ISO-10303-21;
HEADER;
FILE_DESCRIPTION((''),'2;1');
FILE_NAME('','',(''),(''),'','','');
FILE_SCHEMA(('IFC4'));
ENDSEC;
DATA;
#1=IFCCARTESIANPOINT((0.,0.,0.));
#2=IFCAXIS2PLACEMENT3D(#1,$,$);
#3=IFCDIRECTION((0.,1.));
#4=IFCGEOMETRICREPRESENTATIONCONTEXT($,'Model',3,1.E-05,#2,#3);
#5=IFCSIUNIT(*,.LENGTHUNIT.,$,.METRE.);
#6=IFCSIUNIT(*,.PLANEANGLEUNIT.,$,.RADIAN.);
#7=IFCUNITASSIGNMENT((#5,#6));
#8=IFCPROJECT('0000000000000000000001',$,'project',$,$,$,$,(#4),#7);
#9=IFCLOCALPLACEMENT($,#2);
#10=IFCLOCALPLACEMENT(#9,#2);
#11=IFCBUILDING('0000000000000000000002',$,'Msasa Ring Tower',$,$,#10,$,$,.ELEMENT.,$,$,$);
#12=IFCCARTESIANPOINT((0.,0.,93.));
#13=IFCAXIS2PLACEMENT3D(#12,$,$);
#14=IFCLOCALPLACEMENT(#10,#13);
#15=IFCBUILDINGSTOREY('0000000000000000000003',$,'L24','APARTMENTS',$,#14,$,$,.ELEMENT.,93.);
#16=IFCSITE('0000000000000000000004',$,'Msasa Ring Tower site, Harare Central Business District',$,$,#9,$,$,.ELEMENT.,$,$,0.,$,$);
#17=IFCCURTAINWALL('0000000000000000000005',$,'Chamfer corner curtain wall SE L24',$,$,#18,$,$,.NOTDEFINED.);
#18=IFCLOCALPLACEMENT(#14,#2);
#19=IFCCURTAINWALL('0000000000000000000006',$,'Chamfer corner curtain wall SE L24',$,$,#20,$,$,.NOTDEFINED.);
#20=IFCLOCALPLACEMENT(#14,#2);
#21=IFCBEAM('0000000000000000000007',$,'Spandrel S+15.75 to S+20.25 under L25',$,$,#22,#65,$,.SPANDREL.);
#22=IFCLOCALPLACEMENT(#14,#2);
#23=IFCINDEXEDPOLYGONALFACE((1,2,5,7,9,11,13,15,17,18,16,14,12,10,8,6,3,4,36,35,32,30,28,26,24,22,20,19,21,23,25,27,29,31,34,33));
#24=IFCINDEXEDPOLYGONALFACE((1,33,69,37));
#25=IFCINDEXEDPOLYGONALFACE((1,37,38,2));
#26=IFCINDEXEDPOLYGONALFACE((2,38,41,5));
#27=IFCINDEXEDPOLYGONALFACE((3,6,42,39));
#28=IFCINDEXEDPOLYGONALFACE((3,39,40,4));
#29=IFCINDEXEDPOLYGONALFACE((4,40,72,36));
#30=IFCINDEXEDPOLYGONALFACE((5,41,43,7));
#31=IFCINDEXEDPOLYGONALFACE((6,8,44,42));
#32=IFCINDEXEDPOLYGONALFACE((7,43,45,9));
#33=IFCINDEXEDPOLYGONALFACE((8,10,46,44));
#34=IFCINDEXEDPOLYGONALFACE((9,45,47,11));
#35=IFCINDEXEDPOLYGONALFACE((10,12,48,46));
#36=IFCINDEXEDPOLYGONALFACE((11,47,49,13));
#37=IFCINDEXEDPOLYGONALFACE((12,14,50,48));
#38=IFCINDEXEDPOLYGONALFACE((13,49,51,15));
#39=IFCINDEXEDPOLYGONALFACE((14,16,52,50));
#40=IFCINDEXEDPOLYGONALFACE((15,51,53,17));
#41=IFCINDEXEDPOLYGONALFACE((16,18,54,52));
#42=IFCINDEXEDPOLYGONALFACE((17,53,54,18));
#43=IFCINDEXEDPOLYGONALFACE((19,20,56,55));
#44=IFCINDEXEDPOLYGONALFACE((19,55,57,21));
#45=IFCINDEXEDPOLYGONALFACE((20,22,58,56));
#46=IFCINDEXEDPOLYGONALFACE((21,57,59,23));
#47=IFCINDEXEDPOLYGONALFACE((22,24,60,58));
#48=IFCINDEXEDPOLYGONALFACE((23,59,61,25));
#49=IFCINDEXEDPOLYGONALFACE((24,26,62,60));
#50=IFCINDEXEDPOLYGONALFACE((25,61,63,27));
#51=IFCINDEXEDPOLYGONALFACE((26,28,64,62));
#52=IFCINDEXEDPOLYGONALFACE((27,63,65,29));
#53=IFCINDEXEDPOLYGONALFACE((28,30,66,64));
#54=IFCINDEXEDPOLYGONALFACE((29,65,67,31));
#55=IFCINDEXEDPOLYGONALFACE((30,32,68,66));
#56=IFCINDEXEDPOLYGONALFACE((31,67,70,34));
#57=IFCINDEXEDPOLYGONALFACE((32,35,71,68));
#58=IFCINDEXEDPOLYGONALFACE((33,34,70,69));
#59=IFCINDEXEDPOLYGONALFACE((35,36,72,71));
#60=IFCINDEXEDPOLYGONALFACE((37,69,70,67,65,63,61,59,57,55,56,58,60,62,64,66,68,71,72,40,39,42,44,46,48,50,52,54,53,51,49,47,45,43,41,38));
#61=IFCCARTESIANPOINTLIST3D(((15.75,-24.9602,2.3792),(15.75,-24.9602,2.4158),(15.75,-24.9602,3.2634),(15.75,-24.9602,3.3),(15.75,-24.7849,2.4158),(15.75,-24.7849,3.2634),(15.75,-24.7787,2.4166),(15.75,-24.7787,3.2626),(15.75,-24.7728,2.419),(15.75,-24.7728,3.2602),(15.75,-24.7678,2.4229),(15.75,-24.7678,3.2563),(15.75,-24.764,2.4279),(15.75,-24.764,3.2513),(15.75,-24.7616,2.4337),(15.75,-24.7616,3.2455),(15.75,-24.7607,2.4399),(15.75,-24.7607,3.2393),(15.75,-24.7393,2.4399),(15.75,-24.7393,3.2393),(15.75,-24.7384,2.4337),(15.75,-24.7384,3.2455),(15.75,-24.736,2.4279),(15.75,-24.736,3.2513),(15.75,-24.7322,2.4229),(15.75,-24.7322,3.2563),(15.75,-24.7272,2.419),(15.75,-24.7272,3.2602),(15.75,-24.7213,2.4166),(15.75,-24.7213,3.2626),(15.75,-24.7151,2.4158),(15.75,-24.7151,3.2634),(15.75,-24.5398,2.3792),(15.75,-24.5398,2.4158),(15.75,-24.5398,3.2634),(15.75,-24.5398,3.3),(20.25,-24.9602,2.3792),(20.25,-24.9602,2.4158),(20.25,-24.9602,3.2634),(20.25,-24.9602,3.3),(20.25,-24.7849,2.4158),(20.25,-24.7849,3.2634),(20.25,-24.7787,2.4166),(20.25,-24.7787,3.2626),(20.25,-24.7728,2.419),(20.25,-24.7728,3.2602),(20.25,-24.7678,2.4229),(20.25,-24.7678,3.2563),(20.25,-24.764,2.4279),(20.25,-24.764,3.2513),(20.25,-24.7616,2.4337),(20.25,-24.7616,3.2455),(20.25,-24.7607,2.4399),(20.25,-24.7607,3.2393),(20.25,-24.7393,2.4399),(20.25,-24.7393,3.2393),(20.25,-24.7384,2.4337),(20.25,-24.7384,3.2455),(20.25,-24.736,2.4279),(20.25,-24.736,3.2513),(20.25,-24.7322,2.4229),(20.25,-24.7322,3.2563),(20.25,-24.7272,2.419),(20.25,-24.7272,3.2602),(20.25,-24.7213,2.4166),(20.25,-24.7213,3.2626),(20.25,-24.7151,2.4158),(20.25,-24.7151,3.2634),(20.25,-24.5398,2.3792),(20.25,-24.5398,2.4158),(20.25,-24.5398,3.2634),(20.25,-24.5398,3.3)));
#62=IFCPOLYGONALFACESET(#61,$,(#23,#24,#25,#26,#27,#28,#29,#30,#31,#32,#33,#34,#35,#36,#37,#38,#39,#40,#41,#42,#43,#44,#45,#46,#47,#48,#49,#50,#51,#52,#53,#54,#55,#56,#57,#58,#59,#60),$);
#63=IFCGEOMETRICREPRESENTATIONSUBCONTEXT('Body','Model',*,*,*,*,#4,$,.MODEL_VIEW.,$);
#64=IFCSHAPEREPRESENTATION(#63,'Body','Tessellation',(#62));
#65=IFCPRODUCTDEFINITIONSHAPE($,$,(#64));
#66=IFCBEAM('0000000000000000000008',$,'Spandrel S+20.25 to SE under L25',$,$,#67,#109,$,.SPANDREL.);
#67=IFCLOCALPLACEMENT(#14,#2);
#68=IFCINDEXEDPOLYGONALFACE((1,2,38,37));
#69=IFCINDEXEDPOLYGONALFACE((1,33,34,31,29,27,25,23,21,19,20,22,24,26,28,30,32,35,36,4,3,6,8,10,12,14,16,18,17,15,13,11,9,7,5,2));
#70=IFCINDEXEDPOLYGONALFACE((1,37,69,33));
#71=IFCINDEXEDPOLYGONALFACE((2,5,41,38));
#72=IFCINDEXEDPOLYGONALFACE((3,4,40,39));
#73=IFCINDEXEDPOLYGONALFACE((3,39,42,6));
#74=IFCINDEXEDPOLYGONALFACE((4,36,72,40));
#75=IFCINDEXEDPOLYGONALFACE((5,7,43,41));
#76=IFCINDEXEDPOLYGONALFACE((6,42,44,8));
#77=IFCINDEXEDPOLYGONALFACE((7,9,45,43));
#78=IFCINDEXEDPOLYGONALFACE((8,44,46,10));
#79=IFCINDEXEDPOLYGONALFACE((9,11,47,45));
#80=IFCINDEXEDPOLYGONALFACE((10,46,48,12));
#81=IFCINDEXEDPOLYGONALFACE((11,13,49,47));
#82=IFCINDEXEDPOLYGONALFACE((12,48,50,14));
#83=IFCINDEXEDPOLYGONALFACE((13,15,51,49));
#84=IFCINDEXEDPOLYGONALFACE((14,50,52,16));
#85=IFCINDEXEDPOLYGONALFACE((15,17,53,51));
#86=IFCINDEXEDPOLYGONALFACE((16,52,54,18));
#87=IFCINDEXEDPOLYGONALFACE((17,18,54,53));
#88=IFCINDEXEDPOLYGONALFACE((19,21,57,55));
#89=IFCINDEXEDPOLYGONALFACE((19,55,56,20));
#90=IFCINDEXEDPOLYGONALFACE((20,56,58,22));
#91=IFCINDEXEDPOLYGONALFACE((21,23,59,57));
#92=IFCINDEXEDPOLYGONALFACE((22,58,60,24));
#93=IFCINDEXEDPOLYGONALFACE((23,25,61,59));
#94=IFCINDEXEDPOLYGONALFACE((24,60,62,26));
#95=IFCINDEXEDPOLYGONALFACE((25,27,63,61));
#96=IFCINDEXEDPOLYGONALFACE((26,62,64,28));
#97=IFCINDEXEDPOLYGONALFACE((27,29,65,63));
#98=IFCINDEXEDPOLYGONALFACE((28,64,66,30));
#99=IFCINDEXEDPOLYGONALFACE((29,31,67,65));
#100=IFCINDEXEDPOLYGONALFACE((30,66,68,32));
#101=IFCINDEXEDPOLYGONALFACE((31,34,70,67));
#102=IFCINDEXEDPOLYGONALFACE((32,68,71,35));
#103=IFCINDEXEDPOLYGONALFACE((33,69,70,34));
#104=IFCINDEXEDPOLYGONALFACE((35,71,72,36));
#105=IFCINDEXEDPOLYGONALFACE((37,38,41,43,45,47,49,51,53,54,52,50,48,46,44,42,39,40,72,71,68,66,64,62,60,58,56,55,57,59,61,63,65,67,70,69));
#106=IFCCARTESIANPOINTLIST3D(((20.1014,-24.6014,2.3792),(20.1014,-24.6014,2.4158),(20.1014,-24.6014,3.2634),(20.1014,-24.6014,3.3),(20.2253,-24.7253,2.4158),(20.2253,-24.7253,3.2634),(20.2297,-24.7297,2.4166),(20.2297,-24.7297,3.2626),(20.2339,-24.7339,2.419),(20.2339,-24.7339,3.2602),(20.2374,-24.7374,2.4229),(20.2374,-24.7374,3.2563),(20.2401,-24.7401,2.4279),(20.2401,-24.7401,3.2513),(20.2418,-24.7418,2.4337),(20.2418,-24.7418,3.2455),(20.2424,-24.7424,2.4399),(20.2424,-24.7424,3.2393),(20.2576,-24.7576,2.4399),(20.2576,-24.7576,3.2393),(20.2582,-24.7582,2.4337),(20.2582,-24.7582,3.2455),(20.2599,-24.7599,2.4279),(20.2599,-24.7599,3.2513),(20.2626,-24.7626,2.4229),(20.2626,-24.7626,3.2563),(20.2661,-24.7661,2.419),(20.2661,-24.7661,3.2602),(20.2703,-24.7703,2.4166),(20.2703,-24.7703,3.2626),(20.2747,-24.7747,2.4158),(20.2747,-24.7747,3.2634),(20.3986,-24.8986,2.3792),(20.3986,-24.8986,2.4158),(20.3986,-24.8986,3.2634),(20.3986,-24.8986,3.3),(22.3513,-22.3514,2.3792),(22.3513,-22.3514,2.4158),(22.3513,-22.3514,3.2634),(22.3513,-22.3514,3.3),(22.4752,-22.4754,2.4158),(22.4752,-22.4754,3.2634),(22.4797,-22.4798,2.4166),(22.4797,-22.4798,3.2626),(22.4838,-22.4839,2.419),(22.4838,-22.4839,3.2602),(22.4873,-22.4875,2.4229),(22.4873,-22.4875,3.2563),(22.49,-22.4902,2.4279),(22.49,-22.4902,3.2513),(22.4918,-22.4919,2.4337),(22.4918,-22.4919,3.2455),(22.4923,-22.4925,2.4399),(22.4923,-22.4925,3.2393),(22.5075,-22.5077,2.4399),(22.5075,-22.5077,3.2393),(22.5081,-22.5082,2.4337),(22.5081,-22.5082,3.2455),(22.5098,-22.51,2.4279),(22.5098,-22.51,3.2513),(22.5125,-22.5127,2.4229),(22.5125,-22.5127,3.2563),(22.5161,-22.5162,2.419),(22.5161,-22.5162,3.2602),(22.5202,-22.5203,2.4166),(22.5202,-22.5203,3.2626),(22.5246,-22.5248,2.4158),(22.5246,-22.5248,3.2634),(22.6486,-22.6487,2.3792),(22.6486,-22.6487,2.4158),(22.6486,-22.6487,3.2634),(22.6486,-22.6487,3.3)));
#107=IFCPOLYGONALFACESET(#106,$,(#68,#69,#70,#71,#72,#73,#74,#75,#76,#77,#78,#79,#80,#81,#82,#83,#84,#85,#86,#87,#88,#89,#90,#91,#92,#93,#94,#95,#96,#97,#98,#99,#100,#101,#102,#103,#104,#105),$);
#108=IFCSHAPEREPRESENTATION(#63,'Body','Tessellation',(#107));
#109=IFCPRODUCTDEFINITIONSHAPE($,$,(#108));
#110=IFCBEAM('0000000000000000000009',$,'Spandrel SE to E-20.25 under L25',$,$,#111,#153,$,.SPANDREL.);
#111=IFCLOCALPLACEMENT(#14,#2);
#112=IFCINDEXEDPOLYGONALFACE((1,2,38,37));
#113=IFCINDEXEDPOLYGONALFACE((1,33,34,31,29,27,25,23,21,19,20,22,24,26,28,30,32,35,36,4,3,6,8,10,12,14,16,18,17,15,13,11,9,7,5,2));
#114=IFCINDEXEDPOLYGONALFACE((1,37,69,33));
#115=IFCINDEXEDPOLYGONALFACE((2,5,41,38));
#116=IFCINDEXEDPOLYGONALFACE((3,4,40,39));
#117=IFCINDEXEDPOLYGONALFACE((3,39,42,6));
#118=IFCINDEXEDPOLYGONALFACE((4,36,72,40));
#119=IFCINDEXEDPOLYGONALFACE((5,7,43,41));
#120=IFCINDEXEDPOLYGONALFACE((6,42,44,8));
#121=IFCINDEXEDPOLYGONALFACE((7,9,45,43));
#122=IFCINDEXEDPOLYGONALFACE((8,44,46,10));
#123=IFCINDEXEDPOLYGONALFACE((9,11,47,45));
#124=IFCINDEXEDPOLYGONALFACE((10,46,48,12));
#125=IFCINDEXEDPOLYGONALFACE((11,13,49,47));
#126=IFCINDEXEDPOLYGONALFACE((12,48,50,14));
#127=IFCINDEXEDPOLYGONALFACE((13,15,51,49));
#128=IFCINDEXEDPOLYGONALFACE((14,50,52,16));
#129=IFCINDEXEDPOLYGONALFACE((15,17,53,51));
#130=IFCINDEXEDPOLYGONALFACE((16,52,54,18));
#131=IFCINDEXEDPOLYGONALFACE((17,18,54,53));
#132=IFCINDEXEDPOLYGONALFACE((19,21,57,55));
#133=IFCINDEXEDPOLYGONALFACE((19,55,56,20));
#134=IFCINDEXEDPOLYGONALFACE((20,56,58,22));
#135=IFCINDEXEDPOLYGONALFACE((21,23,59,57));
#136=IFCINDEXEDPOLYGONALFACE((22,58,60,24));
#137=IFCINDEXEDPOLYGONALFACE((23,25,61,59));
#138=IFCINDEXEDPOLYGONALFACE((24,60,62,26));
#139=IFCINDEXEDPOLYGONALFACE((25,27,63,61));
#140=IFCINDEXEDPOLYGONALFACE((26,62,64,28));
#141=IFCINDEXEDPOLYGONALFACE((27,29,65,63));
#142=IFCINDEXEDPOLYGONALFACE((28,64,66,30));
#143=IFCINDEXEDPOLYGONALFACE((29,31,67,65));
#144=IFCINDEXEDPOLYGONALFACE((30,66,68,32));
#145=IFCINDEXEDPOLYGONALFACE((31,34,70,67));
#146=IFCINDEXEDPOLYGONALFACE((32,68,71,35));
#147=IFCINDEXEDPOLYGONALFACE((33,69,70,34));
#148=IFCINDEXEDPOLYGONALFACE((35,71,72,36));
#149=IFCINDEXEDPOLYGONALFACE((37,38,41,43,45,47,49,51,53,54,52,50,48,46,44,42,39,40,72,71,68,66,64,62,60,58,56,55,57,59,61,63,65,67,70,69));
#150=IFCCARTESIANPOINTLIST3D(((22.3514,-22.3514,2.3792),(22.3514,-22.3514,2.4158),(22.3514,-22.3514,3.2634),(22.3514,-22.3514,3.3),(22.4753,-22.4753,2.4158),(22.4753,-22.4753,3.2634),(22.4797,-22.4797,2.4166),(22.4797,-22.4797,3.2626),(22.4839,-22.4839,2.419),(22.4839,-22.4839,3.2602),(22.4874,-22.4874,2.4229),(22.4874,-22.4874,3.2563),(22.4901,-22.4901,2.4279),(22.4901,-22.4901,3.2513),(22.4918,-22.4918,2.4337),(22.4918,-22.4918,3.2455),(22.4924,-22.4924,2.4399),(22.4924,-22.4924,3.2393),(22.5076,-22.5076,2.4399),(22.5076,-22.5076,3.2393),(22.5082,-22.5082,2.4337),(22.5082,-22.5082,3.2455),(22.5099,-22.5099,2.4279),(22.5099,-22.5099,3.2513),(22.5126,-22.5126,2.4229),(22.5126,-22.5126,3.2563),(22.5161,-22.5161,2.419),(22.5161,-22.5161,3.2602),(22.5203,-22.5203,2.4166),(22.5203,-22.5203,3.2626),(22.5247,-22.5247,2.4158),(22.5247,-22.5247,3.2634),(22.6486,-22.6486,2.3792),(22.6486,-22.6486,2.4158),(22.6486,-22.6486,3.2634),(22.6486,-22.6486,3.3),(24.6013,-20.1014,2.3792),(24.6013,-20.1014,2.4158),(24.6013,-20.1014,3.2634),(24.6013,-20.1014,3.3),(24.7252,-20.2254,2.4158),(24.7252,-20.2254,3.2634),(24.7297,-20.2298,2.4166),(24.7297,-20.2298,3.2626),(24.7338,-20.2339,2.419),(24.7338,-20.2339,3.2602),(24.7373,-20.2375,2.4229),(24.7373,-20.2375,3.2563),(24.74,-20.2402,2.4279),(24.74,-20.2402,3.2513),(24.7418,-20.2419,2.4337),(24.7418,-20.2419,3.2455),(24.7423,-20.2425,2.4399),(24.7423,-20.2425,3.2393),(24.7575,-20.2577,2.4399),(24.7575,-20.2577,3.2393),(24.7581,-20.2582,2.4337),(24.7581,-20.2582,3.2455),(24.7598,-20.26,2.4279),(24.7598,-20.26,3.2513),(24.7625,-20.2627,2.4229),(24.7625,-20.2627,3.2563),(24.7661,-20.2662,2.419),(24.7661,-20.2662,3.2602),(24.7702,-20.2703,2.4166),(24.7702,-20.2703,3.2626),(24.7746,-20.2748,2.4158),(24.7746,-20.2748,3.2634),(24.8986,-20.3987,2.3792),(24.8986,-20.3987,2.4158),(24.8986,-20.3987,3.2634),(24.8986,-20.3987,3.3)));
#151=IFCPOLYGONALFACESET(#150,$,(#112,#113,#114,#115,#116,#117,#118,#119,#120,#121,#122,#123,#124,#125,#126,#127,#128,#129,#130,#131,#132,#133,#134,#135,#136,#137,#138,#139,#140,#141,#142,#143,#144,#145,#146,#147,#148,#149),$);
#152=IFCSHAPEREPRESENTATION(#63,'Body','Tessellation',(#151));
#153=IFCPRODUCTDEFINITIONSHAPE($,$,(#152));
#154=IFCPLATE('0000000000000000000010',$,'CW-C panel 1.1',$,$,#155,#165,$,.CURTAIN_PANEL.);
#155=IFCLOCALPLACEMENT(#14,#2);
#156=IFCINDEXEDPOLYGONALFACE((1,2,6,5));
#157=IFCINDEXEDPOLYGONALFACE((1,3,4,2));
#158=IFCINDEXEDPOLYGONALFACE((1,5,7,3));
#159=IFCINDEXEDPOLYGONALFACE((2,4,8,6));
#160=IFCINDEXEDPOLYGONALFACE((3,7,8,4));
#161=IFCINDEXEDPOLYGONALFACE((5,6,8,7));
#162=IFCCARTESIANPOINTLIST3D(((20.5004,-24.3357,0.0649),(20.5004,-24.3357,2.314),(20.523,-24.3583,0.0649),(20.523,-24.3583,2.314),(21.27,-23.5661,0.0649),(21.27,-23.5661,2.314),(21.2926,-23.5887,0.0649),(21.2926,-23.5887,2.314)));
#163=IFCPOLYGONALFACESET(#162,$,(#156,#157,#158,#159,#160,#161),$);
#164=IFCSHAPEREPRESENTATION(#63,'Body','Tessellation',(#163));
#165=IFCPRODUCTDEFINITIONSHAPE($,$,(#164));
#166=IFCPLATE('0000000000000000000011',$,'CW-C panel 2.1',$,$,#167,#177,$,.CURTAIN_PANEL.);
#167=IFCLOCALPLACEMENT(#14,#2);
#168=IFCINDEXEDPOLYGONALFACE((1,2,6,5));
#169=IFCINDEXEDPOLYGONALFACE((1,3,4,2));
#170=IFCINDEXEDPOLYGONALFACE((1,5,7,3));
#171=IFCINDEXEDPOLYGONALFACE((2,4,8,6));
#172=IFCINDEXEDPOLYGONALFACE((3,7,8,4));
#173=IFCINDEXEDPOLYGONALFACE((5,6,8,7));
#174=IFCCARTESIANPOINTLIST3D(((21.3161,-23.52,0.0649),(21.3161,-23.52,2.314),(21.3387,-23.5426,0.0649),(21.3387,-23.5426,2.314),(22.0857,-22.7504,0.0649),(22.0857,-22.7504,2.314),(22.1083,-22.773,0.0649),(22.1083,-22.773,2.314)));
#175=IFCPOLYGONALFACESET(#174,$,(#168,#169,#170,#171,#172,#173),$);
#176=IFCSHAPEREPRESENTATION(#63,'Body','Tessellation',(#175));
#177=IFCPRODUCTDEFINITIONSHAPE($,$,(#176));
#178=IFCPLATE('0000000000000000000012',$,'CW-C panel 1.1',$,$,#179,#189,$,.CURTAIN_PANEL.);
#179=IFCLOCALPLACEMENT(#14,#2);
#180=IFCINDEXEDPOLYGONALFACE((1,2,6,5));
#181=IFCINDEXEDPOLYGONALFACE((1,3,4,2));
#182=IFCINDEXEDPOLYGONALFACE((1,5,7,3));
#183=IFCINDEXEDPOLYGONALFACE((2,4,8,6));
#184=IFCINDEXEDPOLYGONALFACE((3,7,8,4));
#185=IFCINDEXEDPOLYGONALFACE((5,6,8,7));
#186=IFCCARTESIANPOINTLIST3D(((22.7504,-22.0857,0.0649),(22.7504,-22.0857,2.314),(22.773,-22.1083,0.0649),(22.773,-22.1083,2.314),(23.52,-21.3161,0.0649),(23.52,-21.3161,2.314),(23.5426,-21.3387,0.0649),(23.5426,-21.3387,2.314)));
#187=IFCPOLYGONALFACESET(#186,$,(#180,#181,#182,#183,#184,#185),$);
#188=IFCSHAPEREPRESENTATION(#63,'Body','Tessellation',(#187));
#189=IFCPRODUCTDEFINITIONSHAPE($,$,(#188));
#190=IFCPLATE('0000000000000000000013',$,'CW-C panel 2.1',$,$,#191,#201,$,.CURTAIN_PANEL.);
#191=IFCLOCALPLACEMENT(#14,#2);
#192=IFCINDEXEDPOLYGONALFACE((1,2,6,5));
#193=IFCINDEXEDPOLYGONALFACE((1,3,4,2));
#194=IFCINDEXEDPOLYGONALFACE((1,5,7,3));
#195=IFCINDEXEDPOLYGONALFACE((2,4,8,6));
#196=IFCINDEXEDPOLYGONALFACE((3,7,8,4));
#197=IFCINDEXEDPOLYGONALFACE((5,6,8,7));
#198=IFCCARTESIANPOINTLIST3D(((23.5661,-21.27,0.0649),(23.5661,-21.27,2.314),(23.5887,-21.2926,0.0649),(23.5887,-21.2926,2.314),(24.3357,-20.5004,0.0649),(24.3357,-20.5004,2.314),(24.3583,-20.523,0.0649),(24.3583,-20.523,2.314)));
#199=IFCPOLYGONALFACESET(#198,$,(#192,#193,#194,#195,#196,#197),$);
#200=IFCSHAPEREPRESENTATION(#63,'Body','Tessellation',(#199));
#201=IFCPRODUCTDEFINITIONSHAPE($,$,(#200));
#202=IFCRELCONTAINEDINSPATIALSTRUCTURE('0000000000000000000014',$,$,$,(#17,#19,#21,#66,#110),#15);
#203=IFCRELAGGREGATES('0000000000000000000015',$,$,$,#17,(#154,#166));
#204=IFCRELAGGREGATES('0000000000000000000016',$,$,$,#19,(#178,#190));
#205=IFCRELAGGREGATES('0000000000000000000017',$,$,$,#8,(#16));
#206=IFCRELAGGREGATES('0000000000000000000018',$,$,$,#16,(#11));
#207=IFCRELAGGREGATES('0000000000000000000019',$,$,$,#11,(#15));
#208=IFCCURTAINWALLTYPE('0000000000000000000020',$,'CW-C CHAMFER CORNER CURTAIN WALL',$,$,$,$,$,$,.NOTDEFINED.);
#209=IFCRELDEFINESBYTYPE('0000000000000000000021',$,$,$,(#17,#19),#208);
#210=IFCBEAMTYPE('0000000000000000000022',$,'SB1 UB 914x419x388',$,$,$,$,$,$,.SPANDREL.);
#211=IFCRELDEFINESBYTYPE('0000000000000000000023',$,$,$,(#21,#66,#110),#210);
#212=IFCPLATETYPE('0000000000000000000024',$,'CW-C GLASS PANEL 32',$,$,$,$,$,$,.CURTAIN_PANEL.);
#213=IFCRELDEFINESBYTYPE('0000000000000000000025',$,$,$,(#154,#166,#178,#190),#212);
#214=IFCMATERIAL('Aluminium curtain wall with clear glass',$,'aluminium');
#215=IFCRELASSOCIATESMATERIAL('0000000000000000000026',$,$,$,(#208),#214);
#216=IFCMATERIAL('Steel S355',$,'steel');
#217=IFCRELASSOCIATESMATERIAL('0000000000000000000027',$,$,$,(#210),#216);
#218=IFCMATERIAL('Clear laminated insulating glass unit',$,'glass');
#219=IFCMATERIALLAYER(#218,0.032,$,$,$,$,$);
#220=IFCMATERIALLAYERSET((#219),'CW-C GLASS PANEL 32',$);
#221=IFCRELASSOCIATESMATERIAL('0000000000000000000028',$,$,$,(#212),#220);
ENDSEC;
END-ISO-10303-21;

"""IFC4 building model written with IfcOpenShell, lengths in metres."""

from ifc_helpers import new_model, si_unit, direction, frame, origin, origin_2d, place, context, subcontext, project, spatial, rectangle, i_section, extrude, material, layer, layer_set, material_profile, profile_set, type_object, element, aggregate, save


model = new_model("IFC4")

# Units and contexts
model_context = context("Model", 3, precision=1e-05, world=origin(), true_north=direction((0.0, 1.0)))
body_context = subcontext(model_context, "Body", "Model", "MODEL_VIEW")
ifc_project = project(units=[si_unit("LENGTHUNIT", "METRE"), si_unit("PLANEANGLEUNIT", "RADIAN")], contexts=[model_context])

# Site, building, storey
site_placement = place(None, origin())
site = spatial("IfcSite", under=ifc_project, at=site_placement, Name="Msasa Ring Tower site, Harare Central Business District", CompositionType="ELEMENT", RefElevation=0.0)
building_placement = place(site_placement, origin())
building = spatial("IfcBuilding", under=site, at=building_placement, Name="Msasa Ring Tower", CompositionType="ELEMENT")
storey_placement = place(building_placement, frame((0.0, 0.0, 93.0)))
storey = spatial("IfcBuildingStorey", under=building, at=storey_placement, Name="L24", Description="APARTMENTS", CompositionType="ELEMENT", Elevation=93.0)

# Curtain walls
ifc_material_1 = material(Name="Aluminium curtain wall with clear glass", Category="aluminium")
curtain_wall_type = type_object("IfcCurtainWallType", Name="CW-C CHAMFER CORNER CURTAIN WALL", PredefinedType="NOTDEFINED", material=ifc_material_1)
curtain_wall_1_placement = place(storey_placement, origin())
curtain_wall_1 = element("IfcCurtainWall", 1, at=curtain_wall_1_placement, inside=storey, type_object=curtain_wall_type, Name="Chamfer corner curtain wall SE L24", PredefinedType="NOTDEFINED")
curtain_wall_2_placement = place(storey_placement, origin())
curtain_wall_2 = element("IfcCurtainWall", 2, at=curtain_wall_2_placement, inside=storey, type_object=curtain_wall_type, Name="Chamfer corner curtain wall SE L24", PredefinedType="NOTDEFINED")

# Beams
ifc_material_2 = material(Name="Steel S355", Category="steel")
ifc_material_profile_1 = material_profile(ifc_material_2, i_section(OverallWidth=0.4204, OverallDepth=0.9209, WebThickness=0.0215, FlangeThickness=0.0366, FilletRadius=0.0242, at=origin_2d()), Name="UB 914x419x388")
ifc_profile_set_1 = profile_set([ifc_material_profile_1], Name="Steel S355")
beam_type_1 = type_object("IfcBeamType", Name="SB1 UB 914x419x388", PredefinedType="SPANDREL", material=ifc_profile_set_1)
beam_1_placement = place(storey_placement, frame((15.75, -24.75, 2.8396), z_axis=(1.0, 0.0, 0.0), x_axis=(0.0, 1.0, 0.0)))
element("IfcBeam", 3, at=beam_1_placement, inside=storey, type_object=beam_type_1, Name="Spandrel S+15.75 to S+20.25 under L25", PredefinedType="SPANDREL", context=body_context, shape_type="SweptSolid", body=[
    extrude(i_section(OverallWidth=0.4204, OverallDepth=0.9209, WebThickness=0.0215, FlangeThickness=0.0366, FilletRadius=0.0242, at=origin_2d()), origin(), (0.0, 0.0, 1.0), 4.5),
])
for number, where, z_axis, x_axis, name in (
    (4, (20.25, -24.75, 2.8396), (0.707107, 0.707107, 0.0), (-0.707107, 0.707107, 0.0), "Spandrel S+20.25 to SE under L25"),
    (5, (22.5, -22.5, 2.8396), (0.707107, 0.707107, 0.0), (-0.707107, 0.707107, 0.0), "Spandrel SE to E-20.25 under L25"),
):
    element("IfcBeam", number, at=place(storey_placement, frame(where, z_axis=z_axis, x_axis=x_axis)), inside=storey, type_object=beam_type_1, Name=name, PredefinedType="SPANDREL", context=body_context, shape_type="SweptSolid", body=[
        extrude(i_section(OverallWidth=0.4204, OverallDepth=0.9209, WebThickness=0.0215, FlangeThickness=0.0366, FilletRadius=0.0242, at=origin_2d()), origin(), (0.0, 0.0, 1.0), 3.1819),
    ])

# Plates
ifc_material_3 = material(Name="Clear laminated insulating glass unit", Category="glass")
ifc_layer_1 = layer(ifc_material_3, 0.032)
ifc_layer_set_1 = layer_set([ifc_layer_1], Name="CW-C GLASS PANEL 32")
plate_type = type_object("IfcPlateType", Name="CW-C GLASS PANEL 32", PredefinedType="CURTAIN_PANEL", material=ifc_layer_set_1)
plate_1_placement = place(storey_placement, frame((20.8965, -23.9622, 0.0649), z_axis=(0.0, 0.0, 1.0), x_axis=(0.707107, 0.707107, 0.0)))
plate_1 = element("IfcPlate", 6, at=plate_1_placement, type_object=plate_type, Name="CW-C panel 1.1", PredefinedType="CURTAIN_PANEL", context=body_context, shape_type="SweptSolid", body=[
    extrude(rectangle(XDim=1.0884, YDim=0.032, at=origin_2d()), origin(), (0.0, 0.0, 1.0), 2.249),
])
plate_2_placement = place(storey_placement, frame((21.7122, -23.1465, 0.0649), z_axis=(0.0, 0.0, 1.0), x_axis=(0.707107, 0.707107, 0.0)))
plate_2 = element("IfcPlate", 7, at=plate_2_placement, type_object=plate_type, Name="CW-C panel 2.1", PredefinedType="CURTAIN_PANEL", context=body_context, shape_type="SweptSolid", body=[
    extrude(rectangle(XDim=1.0884, YDim=0.032, at=origin_2d()), origin(), (0.0, 0.0, 1.0), 2.249),
])
aggregate(curtain_wall_1, [plate_1, plate_2])
plate_3_placement = place(storey_placement, frame((23.1465, -21.7122, 0.0649), z_axis=(0.0, 0.0, 1.0), x_axis=(0.707107, 0.707107, 0.0)))
plate_3 = element("IfcPlate", 8, at=plate_3_placement, type_object=plate_type, Name="CW-C panel 1.1", PredefinedType="CURTAIN_PANEL", context=body_context, shape_type="SweptSolid", body=[
    extrude(rectangle(XDim=1.0884, YDim=0.032, at=origin_2d()), origin(), (0.0, 0.0, 1.0), 2.249),
])
plate_4_placement = place(storey_placement, frame((23.9622, -20.8965, 0.0649), z_axis=(0.0, 0.0, 1.0), x_axis=(0.707107, 0.707107, 0.0)))
plate_4 = element("IfcPlate", 9, at=plate_4_placement, type_object=plate_type, Name="CW-C panel 2.1", PredefinedType="CURTAIN_PANEL", context=body_context, shape_type="SweptSolid", body=[
    extrude(rectangle(XDim=1.0884, YDim=0.032, at=origin_2d()), origin(), (0.0, 0.0, 1.0), 2.249),
])
aggregate(curtain_wall_2, [plate_3, plate_4])

save(model, "model.ifc")
